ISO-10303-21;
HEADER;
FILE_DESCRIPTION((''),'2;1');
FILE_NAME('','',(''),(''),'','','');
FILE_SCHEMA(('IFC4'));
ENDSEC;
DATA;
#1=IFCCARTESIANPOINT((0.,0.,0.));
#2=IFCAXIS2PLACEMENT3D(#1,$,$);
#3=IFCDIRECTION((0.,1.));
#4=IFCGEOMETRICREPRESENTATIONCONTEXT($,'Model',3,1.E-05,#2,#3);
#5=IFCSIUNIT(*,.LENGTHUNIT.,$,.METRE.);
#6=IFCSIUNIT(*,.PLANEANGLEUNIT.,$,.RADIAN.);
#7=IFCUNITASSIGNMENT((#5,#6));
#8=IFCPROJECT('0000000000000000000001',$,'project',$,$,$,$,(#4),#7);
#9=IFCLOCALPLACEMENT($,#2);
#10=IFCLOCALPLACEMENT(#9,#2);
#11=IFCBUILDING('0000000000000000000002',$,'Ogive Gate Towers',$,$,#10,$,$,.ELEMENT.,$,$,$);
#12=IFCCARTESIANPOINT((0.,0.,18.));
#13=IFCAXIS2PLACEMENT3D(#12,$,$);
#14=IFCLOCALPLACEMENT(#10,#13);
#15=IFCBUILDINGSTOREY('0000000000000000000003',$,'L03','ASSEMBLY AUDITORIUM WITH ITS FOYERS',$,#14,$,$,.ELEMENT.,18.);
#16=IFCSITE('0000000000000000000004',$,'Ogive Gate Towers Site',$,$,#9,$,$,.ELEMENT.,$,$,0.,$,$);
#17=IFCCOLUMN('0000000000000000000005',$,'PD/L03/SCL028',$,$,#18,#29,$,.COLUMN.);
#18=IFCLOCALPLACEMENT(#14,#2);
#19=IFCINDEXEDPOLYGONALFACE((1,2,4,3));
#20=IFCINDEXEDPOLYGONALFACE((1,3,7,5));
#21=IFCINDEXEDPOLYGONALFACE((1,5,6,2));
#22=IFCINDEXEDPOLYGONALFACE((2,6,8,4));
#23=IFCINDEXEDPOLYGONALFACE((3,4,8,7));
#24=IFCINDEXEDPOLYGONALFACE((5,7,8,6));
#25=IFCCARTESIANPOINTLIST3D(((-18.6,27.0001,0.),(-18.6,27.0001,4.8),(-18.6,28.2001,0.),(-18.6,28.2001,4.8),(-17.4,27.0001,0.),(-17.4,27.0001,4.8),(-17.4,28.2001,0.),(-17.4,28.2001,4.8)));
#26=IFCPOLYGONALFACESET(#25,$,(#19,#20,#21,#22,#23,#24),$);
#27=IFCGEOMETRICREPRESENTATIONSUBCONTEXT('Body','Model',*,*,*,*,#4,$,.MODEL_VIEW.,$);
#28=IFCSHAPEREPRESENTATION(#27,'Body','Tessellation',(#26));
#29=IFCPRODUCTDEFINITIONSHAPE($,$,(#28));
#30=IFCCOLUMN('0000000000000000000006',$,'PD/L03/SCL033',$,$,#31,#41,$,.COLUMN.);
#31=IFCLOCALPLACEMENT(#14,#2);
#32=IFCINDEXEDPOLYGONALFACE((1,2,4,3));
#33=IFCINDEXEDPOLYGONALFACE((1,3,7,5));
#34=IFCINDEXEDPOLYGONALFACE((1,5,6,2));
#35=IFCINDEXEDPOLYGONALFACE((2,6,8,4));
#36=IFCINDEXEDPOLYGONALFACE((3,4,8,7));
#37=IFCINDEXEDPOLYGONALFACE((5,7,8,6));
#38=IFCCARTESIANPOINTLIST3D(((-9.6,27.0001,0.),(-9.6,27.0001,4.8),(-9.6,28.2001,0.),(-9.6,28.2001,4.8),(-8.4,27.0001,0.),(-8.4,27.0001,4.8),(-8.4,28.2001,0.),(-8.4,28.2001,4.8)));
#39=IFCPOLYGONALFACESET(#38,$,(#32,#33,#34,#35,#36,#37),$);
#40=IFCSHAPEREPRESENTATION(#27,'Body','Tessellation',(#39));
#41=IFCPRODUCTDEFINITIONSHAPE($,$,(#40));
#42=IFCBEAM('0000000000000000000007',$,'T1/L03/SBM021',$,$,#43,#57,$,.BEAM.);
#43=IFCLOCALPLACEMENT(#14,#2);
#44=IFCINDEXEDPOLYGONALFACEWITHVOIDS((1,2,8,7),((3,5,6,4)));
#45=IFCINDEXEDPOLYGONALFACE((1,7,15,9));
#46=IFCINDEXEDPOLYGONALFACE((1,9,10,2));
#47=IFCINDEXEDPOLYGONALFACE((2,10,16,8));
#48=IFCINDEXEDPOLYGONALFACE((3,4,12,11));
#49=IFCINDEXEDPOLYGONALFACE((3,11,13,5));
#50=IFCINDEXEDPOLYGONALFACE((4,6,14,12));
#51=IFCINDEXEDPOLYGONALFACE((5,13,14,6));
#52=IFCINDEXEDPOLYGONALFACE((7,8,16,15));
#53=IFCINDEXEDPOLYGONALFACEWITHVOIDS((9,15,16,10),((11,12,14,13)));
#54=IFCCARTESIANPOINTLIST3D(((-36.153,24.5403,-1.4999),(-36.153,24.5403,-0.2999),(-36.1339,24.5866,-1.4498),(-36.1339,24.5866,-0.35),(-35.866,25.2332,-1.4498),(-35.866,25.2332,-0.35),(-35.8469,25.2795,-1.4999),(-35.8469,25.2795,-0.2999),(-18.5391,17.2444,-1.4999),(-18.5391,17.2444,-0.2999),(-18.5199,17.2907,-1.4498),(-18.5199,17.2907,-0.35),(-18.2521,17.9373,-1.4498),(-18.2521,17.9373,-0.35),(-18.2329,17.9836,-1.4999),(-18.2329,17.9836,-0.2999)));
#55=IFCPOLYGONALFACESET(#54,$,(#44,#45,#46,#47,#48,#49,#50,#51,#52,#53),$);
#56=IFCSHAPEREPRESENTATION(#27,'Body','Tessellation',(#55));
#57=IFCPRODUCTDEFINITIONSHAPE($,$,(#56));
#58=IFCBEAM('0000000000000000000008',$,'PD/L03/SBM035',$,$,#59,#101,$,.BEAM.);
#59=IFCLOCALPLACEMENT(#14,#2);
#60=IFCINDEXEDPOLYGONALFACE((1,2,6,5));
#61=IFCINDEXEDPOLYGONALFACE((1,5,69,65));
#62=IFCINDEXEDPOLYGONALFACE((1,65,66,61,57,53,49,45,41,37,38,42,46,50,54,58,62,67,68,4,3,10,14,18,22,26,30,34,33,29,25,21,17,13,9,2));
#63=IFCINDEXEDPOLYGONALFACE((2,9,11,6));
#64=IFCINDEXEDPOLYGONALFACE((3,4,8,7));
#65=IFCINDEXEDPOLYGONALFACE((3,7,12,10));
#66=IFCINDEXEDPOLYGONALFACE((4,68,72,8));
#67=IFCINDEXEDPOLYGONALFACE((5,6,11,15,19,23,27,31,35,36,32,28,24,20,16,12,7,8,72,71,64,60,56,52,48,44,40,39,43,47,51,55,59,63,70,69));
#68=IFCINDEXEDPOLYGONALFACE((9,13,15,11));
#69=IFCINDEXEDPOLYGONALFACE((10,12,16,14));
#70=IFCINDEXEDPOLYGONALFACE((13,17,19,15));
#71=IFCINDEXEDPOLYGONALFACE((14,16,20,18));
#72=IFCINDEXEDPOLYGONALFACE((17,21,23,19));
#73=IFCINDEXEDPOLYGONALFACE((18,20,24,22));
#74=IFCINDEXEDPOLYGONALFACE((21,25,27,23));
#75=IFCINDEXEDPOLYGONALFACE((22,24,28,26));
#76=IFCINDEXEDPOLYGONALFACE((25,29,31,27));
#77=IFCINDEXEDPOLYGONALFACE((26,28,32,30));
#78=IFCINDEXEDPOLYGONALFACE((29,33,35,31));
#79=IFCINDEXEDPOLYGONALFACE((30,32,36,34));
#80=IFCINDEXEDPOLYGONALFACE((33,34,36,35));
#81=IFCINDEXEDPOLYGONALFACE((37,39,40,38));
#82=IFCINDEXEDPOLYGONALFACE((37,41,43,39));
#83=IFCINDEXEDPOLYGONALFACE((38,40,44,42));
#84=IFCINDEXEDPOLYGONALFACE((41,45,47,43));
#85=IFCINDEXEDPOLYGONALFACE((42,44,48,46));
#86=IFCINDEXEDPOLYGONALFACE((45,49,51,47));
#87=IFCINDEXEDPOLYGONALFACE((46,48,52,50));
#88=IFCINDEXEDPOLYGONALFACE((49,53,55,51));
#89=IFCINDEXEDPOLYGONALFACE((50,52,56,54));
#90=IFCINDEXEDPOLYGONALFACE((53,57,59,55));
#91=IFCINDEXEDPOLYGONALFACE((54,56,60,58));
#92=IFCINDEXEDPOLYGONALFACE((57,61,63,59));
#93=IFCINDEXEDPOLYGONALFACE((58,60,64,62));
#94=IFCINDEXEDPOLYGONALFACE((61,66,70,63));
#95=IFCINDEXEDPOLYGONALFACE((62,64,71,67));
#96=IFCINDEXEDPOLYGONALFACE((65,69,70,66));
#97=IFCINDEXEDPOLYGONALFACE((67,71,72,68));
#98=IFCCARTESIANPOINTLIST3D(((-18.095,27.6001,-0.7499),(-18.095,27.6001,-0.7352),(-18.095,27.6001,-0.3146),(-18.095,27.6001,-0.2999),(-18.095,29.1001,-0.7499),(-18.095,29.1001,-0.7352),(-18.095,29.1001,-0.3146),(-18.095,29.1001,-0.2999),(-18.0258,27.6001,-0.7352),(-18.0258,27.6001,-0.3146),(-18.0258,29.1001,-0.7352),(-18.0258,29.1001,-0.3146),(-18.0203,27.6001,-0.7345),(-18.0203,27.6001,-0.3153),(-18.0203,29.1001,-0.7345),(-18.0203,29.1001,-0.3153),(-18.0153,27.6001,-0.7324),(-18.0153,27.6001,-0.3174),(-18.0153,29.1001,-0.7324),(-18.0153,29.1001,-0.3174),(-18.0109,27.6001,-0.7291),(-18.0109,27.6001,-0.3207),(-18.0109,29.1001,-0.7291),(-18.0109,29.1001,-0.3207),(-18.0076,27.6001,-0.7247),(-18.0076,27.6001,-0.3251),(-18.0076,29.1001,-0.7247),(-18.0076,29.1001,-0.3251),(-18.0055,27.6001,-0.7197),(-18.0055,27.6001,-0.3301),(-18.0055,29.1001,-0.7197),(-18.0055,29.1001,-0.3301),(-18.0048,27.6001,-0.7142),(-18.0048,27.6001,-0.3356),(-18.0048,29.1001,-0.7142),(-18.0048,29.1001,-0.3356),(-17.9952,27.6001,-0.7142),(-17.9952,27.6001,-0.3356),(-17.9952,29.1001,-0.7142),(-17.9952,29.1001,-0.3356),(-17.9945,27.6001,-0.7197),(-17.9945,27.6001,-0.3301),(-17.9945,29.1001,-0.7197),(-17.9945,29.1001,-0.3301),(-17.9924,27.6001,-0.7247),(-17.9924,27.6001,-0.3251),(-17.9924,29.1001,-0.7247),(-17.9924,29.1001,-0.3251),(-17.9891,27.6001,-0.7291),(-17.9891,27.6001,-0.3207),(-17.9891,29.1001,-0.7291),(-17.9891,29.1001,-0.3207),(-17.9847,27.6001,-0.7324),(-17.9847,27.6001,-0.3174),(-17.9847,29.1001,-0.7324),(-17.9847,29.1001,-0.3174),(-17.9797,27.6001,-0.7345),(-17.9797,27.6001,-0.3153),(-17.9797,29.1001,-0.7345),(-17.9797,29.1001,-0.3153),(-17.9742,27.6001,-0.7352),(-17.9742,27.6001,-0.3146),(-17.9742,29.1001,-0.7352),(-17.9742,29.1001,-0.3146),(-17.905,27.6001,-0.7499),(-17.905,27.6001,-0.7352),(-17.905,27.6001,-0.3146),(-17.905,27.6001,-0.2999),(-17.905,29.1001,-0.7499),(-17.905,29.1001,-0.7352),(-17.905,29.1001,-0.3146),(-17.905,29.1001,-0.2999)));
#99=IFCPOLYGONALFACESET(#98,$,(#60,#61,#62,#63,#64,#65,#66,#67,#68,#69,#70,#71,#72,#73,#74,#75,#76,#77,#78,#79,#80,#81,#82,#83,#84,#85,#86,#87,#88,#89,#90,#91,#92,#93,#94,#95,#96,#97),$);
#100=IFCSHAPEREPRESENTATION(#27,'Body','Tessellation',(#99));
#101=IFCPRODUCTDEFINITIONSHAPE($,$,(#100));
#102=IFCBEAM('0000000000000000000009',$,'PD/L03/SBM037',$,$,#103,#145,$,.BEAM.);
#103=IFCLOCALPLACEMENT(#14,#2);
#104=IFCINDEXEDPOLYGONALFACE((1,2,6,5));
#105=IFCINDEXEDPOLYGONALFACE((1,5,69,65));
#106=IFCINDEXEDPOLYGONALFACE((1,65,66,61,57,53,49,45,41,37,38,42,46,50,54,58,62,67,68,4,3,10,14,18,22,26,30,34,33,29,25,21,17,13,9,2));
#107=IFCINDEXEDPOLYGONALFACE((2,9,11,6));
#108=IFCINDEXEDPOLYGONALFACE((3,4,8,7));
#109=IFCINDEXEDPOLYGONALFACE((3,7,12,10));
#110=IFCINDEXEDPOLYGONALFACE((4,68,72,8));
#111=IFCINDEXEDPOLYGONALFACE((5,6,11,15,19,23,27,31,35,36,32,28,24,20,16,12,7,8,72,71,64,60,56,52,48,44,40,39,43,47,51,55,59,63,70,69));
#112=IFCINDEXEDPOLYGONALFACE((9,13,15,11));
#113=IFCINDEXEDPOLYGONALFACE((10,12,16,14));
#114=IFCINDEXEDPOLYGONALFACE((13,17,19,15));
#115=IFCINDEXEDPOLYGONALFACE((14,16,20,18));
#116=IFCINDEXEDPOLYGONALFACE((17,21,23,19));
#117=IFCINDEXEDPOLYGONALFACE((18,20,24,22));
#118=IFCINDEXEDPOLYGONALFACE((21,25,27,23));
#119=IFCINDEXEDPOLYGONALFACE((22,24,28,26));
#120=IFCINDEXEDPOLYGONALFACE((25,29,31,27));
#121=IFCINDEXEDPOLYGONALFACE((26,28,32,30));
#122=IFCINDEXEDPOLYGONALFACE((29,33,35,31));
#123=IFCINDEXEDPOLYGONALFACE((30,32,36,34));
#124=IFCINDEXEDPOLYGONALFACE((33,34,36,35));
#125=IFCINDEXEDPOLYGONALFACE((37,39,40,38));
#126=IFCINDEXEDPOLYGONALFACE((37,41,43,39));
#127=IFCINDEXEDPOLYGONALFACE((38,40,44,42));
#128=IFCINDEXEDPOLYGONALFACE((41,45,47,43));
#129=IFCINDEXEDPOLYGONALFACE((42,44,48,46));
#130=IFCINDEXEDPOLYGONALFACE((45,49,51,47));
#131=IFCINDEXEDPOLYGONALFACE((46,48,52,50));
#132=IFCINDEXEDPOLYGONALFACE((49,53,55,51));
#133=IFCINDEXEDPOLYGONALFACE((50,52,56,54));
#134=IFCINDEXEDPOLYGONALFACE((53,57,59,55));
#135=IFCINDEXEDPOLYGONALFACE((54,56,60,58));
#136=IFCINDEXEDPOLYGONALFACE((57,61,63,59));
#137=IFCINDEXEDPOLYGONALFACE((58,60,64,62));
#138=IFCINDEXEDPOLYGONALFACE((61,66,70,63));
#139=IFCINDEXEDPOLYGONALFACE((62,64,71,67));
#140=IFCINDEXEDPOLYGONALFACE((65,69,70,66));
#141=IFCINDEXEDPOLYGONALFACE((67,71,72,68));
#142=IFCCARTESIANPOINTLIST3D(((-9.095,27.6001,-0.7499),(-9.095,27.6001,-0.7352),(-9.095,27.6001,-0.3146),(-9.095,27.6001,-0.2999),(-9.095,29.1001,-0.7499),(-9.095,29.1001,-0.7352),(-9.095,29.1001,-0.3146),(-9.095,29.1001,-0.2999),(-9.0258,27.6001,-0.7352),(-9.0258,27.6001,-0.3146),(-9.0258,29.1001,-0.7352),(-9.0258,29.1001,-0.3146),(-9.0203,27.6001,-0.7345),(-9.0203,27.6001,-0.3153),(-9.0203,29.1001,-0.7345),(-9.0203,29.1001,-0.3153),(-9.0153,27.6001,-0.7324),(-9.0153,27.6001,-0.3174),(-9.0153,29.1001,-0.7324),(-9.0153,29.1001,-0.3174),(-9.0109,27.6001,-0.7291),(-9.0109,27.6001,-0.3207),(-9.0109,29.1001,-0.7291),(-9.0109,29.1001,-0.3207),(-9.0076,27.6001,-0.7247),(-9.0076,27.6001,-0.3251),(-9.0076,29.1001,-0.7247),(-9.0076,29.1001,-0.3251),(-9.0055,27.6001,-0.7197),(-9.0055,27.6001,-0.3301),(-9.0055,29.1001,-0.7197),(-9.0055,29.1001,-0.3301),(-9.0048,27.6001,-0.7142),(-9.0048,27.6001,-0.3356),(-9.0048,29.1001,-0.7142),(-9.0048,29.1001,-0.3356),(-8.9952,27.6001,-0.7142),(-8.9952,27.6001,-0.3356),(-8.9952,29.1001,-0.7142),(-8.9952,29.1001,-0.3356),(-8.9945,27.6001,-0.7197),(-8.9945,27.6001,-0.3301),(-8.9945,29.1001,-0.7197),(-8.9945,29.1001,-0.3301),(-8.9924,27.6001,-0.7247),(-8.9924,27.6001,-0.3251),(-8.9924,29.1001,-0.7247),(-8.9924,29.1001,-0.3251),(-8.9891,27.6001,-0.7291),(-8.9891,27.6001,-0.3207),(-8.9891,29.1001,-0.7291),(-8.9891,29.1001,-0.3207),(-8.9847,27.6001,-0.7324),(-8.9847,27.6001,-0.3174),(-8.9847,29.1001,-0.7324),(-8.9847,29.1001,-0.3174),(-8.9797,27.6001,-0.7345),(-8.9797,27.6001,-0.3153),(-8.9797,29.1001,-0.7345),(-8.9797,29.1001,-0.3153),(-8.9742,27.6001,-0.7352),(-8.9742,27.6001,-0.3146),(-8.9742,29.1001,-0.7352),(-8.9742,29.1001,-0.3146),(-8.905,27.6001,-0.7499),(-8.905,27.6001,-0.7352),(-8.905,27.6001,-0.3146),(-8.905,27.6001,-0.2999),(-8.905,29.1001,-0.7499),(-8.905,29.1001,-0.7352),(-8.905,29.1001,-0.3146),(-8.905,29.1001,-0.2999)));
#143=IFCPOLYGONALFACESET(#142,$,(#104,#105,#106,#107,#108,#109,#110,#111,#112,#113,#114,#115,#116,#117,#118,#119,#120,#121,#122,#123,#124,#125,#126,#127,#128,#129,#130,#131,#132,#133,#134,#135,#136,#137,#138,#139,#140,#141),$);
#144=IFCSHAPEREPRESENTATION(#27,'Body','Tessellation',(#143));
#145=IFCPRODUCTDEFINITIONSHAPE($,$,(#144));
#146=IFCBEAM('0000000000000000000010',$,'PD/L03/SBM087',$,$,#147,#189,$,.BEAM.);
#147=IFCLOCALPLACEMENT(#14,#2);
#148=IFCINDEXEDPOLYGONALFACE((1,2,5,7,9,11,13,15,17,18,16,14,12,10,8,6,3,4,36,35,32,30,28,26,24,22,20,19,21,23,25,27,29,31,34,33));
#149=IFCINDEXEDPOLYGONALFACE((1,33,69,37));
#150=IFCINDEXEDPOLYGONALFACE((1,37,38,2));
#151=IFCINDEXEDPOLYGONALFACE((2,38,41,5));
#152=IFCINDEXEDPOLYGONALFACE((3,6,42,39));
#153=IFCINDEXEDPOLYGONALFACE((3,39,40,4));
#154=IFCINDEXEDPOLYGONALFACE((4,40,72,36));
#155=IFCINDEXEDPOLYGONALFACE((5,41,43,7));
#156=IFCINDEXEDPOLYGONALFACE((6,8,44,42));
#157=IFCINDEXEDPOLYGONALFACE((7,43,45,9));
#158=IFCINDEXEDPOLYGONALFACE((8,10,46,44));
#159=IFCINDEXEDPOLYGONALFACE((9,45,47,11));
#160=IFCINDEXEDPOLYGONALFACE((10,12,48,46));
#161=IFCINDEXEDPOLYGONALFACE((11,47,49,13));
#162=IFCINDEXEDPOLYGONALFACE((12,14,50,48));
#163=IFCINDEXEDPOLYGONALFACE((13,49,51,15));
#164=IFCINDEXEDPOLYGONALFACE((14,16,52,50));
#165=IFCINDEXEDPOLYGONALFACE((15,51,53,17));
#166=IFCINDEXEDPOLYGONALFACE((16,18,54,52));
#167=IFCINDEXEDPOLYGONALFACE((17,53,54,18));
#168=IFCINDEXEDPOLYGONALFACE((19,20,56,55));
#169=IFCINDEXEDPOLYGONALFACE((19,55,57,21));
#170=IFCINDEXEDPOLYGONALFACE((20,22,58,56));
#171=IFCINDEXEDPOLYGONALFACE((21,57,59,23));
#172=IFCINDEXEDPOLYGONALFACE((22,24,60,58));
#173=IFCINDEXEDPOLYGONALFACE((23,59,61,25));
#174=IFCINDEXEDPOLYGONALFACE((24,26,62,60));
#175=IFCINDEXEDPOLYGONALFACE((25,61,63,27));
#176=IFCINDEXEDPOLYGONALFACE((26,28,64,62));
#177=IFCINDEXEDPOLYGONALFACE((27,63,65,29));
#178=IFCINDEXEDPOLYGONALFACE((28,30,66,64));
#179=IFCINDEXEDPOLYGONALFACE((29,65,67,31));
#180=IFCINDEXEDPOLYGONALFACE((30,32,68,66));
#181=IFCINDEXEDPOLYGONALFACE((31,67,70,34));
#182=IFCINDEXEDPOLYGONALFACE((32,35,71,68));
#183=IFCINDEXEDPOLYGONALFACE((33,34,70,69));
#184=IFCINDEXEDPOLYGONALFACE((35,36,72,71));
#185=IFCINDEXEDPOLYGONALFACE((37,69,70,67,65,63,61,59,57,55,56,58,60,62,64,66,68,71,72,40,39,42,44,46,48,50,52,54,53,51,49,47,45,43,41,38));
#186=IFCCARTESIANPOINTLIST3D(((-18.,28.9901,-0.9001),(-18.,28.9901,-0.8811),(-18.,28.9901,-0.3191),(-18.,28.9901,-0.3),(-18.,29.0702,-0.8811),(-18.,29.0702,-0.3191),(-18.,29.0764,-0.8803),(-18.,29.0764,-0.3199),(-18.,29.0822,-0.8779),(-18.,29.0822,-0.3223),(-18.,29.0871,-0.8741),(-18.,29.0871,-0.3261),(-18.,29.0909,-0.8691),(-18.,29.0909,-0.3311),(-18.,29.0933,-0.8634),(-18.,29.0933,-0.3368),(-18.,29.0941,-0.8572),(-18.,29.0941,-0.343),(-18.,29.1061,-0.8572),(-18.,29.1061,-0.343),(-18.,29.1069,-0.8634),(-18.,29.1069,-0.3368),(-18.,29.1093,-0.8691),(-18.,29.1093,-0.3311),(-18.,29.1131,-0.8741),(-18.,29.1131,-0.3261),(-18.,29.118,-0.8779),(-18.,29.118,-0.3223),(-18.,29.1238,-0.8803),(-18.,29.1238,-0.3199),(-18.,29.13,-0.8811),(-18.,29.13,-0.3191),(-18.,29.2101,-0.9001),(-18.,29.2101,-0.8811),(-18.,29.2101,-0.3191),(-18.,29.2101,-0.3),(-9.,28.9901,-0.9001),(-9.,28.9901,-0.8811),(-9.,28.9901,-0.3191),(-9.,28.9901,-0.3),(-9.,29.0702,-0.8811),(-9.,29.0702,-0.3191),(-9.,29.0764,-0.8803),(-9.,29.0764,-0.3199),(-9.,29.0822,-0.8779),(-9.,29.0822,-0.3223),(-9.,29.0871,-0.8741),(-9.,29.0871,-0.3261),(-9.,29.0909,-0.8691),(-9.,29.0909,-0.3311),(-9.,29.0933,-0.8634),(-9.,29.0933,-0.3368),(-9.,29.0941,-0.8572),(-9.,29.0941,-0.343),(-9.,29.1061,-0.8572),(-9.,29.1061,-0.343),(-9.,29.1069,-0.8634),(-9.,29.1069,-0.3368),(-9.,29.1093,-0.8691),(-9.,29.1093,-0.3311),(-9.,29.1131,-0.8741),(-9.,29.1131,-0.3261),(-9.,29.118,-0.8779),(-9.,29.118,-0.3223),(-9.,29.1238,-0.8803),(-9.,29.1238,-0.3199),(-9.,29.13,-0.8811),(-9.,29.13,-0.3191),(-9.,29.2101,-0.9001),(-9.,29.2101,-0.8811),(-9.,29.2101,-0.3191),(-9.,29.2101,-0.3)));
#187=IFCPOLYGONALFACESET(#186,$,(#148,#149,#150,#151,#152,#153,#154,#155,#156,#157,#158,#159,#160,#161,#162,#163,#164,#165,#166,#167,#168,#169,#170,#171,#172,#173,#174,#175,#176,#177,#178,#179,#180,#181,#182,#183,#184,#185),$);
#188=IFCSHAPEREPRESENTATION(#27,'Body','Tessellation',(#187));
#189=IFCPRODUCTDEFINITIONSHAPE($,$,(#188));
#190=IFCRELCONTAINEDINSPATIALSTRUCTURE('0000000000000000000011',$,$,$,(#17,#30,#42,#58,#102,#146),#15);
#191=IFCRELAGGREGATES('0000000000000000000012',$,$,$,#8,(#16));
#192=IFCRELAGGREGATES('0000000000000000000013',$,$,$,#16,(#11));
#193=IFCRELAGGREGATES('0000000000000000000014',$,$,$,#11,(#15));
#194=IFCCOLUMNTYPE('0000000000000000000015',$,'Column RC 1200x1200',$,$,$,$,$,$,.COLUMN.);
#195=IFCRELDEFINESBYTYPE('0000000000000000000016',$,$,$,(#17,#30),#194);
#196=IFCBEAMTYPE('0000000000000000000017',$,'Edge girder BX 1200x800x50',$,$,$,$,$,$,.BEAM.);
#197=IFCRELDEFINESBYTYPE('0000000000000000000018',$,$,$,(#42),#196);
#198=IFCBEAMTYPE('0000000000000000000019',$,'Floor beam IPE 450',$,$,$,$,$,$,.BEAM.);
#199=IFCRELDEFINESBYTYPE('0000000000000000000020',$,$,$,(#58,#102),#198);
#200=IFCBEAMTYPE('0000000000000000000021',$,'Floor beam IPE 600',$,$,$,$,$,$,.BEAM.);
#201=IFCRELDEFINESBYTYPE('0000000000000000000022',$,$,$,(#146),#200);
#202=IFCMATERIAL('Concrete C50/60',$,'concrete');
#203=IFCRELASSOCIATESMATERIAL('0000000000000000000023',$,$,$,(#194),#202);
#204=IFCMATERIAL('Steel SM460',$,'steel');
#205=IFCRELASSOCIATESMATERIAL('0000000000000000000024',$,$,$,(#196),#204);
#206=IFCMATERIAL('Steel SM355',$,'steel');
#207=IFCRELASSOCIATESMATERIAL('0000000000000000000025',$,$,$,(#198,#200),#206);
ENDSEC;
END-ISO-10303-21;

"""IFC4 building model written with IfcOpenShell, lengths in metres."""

from ifc_helpers import new_model, si_unit, direction, frame, origin, origin_2d, place, context, subcontext, project, spatial, rectangle, hollow_rectangle, i_section, extrude, material, material_profile, profile_set, type_object, element, save


model = new_model("IFC4")

# Units and contexts
model_context = context("Model", 3, precision=1e-05, world=origin(), true_north=direction((0.0, 1.0)))
body_context = subcontext(model_context, "Body", "Model", "MODEL_VIEW")
ifc_project = project(units=[si_unit("LENGTHUNIT", "METRE"), si_unit("PLANEANGLEUNIT", "RADIAN")], contexts=[model_context])

# Site, building, storey
site_placement = place(None, origin())
site = spatial("IfcSite", under=ifc_project, at=site_placement, Name="Ogive Gate Towers Site", CompositionType="ELEMENT", RefElevation=0.0)
building_placement = place(site_placement, origin())
building = spatial("IfcBuilding", under=site, at=building_placement, Name="Ogive Gate Towers", CompositionType="ELEMENT")
storey_placement = place(building_placement, frame((0.0, 0.0, 18.0)))
storey = spatial("IfcBuildingStorey", under=building, at=storey_placement, Name="L03", Description="ASSEMBLY AUDITORIUM WITH ITS FOYERS", CompositionType="ELEMENT", Elevation=18.0)

# Columns
ifc_material_1 = material(Name="Concrete C50/60", Category="concrete")
ifc_material_profile_1 = material_profile(ifc_material_1, rectangle(XDim=1.2, YDim=1.2, at=origin_2d()), Name="RC 1200x1200")
ifc_profile_set_1 = profile_set([ifc_material_profile_1], Name="Concrete C50/60")
column_type = type_object("IfcColumnType", Name="Column RC 1200x1200", PredefinedType="COLUMN", material=ifc_profile_set_1)
for number, where, z_axis, x_axis, name in (
    (1, (-18.0, 27.6001, 0.0), (0.0, 0.0, 1.0), (1.0, 0.0, 0.0), "PD/L03/SCL028"),
    (2, (-9.0, 27.6001, 0.0), (0.0, 0.0, 1.0), (1.0, 0.0, 0.0), "PD/L03/SCL033"),
):
    element("IfcColumn", number, at=place(storey_placement, frame(where, z_axis=z_axis, x_axis=x_axis)), inside=storey, type_object=column_type, Name=name, PredefinedType="COLUMN", context=body_context, shape_type="SweptSolid", body=[
        extrude(rectangle(XDim=1.2, YDim=1.2, at=origin_2d()), origin(), (0.0, 0.0, 1.0), 4.8),
    ])

# Beams
ifc_material_2 = material(Name="Steel SM460", Category="steel")
ifc_material_profile_2 = material_profile(ifc_material_2, hollow_rectangle(XDim=0.8, YDim=1.2, WallThickness=0.05, at=origin_2d()), Name="BX 1200x800x50")
ifc_profile_set_2 = profile_set([ifc_material_profile_2], Name="Steel SM460")
beam_type_1 = type_object("IfcBeamType", Name="Edge girder BX 1200x800x50", PredefinedType="BEAM", material=ifc_profile_set_2)
beam_placement = place(storey_placement, frame((-18.386, 17.614, -0.8999), z_axis=(-0.923881, 0.382681, 0.0), x_axis=(-0.382681, -0.923881, 0.0)))
element("IfcBeam", 3, at=beam_placement, inside=storey, type_object=beam_type_1, Name="T1/L03/SBM021", PredefinedType="BEAM", context=body_context, shape_type="SweptSolid", body=[
    extrude(hollow_rectangle(XDim=0.8, YDim=1.2, WallThickness=0.05, at=origin_2d()), origin(), (0.0, 0.0, 1.0), 19.0652),
])
ifc_material_3 = material(Name="Steel SM355", Category="steel")
ifc_material_profile_3 = material_profile(ifc_material_3, i_section(OverallWidth=0.1899, OverallDepth=0.45, WebThickness=0.0095, FlangeThickness=0.0146, FilletRadius=0.021, at=origin_2d()), Name="IPE 450")
ifc_profile_set_3 = profile_set([ifc_material_profile_3], Name="Steel SM355")
beam_type_2 = type_object("IfcBeamType", Name="Floor beam IPE 450", PredefinedType="BEAM", material=ifc_profile_set_3)
for number, where, z_axis, x_axis, name in (
    (4, (-18.0, 27.6001, -0.5249), (0.0, 1.0, 0.0), (-1.0, 0.0, 0.0), "PD/L03/SBM035"),
    (5, (-9.0, 27.6001, -0.5249), (0.0, 1.0, 0.0), (-1.0, 0.0, 0.0), "PD/L03/SBM037"),
):
    element("IfcBeam", number, at=place(storey_placement, frame(where, z_axis=z_axis, x_axis=x_axis)), inside=storey, type_object=beam_type_2, Name=name, PredefinedType="BEAM", context=body_context, shape_type="SweptSolid", body=[
        extrude(i_section(OverallWidth=0.1899, OverallDepth=0.45, WebThickness=0.0095, FlangeThickness=0.0146, FilletRadius=0.021, at=origin_2d()), origin(), (0.0, 0.0, 1.0), 1.5),
    ])
ifc_material_profile_4 = material_profile(ifc_material_3, i_section(OverallWidth=0.22, OverallDepth=0.6001, WebThickness=0.012, FlangeThickness=0.019, FilletRadius=0.0239, at=origin_2d()), Name="IPE 600")
ifc_profile_set_4 = profile_set([ifc_material_profile_4], Name="Steel SM355")
beam_type_3 = type_object("IfcBeamType", Name="Floor beam IPE 600", PredefinedType="BEAM", material=ifc_profile_set_4)
for number, where, z_axis, x_axis, name in (
    (6, (-18.0, 29.1001, -0.6001), (1.0, 0.0, 0.0), (0.0, 1.0, 0.0), "PD/L03/SBM087"),
):
    element("IfcBeam", number, at=place(storey_placement, frame(where, z_axis=z_axis, x_axis=x_axis)), inside=storey, type_object=beam_type_3, Name=name, PredefinedType="BEAM", context=body_context, shape_type="SweptSolid", body=[
        extrude(i_section(OverallWidth=0.22, OverallDepth=0.6001, WebThickness=0.012, FlangeThickness=0.019, FilletRadius=0.0239, at=origin_2d()), origin(), (0.0, 0.0, 1.0), 9.0),
    ])

save(model, "model.ifc")
